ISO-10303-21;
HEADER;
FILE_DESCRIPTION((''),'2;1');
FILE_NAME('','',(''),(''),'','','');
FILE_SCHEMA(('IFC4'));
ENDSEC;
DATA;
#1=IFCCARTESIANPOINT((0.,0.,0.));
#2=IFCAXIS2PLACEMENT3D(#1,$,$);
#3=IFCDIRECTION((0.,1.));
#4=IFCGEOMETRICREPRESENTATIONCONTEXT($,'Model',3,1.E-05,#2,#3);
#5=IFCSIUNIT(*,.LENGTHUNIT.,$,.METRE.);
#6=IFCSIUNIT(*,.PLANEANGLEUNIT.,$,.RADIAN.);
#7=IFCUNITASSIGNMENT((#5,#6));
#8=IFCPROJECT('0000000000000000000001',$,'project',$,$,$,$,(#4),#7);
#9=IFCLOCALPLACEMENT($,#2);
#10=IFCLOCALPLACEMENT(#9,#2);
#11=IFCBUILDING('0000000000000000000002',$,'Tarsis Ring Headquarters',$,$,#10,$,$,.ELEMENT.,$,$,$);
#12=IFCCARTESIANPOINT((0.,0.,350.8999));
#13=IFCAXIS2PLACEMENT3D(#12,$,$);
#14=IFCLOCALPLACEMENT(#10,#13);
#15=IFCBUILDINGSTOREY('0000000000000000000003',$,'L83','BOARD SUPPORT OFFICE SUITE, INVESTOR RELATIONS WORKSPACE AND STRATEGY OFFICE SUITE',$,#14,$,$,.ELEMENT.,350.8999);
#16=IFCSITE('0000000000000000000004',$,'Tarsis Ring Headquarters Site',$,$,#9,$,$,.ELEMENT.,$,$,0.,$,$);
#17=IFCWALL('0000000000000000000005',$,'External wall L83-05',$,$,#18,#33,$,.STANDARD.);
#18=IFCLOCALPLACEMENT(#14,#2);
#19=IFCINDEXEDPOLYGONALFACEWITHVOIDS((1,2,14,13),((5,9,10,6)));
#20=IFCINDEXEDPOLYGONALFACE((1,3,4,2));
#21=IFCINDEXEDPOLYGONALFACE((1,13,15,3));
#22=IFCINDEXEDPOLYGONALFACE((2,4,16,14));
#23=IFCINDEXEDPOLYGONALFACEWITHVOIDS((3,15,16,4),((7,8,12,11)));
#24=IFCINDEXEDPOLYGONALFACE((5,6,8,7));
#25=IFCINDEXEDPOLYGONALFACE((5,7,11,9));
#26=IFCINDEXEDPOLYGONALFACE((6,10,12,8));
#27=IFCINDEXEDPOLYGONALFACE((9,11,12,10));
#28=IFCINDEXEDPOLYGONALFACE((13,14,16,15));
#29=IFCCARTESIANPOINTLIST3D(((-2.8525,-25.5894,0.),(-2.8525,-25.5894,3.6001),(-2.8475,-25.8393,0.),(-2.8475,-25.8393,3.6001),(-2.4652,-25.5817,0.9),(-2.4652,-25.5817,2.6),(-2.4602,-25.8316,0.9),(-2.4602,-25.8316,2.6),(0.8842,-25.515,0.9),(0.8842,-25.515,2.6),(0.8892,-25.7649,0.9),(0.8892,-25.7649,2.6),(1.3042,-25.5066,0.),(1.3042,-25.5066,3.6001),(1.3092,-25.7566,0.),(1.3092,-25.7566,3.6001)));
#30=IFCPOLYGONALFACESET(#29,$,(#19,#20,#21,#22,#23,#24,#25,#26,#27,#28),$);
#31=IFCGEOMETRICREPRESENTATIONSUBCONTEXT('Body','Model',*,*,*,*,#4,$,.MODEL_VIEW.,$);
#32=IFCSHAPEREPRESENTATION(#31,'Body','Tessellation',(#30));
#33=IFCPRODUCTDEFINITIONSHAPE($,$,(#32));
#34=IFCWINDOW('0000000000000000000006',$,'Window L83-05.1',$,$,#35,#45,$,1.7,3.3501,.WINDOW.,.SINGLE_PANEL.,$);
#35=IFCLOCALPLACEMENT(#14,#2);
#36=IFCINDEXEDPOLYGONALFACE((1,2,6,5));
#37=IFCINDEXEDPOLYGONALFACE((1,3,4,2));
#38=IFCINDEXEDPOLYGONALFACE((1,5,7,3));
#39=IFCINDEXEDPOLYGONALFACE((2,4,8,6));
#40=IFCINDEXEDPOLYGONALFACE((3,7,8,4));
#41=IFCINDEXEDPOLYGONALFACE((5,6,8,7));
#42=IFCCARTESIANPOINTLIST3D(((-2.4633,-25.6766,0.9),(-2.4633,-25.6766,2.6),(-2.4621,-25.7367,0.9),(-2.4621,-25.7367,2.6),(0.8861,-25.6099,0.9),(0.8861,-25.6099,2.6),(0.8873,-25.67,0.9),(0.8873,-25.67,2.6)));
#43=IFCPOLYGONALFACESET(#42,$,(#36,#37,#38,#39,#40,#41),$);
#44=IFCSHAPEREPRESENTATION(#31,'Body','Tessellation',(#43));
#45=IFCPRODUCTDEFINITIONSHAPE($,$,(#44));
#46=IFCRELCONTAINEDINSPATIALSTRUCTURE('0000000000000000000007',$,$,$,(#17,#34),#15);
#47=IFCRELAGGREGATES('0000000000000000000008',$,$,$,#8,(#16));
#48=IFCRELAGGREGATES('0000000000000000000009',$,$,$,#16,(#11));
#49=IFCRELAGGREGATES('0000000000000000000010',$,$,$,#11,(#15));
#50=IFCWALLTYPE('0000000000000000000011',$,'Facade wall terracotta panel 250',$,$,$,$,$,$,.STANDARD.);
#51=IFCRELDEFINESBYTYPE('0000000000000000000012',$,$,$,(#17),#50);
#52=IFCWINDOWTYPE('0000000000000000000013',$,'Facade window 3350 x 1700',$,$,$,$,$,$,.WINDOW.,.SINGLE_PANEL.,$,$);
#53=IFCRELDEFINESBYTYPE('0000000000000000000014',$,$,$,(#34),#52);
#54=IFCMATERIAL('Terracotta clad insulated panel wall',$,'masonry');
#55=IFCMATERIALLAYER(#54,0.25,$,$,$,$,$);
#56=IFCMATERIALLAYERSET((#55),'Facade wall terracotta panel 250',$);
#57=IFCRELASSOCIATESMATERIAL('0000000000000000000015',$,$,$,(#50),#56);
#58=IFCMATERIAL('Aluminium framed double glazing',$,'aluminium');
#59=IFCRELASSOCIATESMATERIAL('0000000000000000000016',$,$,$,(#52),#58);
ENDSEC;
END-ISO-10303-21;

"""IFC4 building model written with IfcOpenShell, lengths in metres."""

from ifc_helpers import new_model, si_unit, direction, frame, frame_2d, origin, place, context, subcontext, project, spatial, rectangle, extrude, material, layer, layer_set, type_object, element, fill, save


model = new_model("IFC4")

# Units and contexts
model_context = context("Model", 3, precision=1e-05, world=origin(), true_north=direction((0.0, 1.0)))
body_context = subcontext(model_context, "Body", "Model", "MODEL_VIEW")
ifc_project = project(units=[si_unit("LENGTHUNIT", "METRE"), si_unit("PLANEANGLEUNIT", "RADIAN")], contexts=[model_context])

# Site, building, storey
site_placement = place(None, origin())
site = spatial("IfcSite", under=ifc_project, at=site_placement, Name="Tarsis Ring Headquarters Site", CompositionType="ELEMENT", RefElevation=0.0)
building_placement = place(site_placement, origin())
building = spatial("IfcBuilding", under=site, at=building_placement, Name="Tarsis Ring Headquarters", CompositionType="ELEMENT")
storey_placement = place(building_placement, frame((0.0, 0.0, 350.8999)))
storey = spatial("IfcBuildingStorey", under=building, at=storey_placement, Name="L83", Description="BOARD SUPPORT OFFICE SUITE, INVESTOR RELATIONS WORKSPACE AND STRATEGY OFFICE SUITE", CompositionType="ELEMENT", Elevation=350.8999)

# Wall, opening, window
ifc_material_1 = material(Name="Terracotta clad insulated panel wall", Category="masonry")
ifc_layer_1 = layer(ifc_material_1, 0.25)
ifc_layer_set_1 = layer_set([ifc_layer_1], Name="Facade wall terracotta panel 250")
wall_type_1 = type_object("IfcWallType", Name="Facade wall terracotta panel 250", PredefinedType="STANDARD", material=ifc_layer_set_1)
ifc_material_2 = material(Name="Aluminium framed double glazing", Category="aluminium")
window_type_1 = type_object("IfcWindowType", Name="Facade window 3350 x 1700", PartitioningType="SINGLE_PANEL", PredefinedType="WINDOW", material=ifc_material_2)
wall_1_placement = place(storey_placement, frame((-2.8499, -25.7144, 0.0), z_axis=(0.0, 0.0, 1.0), x_axis=(0.999802, 0.019907, 0.0)))
wall_1 = element("IfcWall", 1, at=wall_1_placement, inside=storey, type_object=wall_type_1, Name="External wall L83-05", PredefinedType="STANDARD", context=body_context, shape_type="SweptSolid", body=[
    extrude(rectangle(XDim=4.1575, YDim=0.25, at=frame_2d((2.0786, 0.0))), origin(), (0.0, 0.0, 1.0), 3.6001),
])
opening_1_placement = place(wall_1_placement, frame((0.3872, 0.0, 0.8999)))
opening_1 = element("IfcOpeningElement", 2, at=opening_1_placement, cuts=wall_1, PredefinedType="OPENING", context=body_context, shape_type="SweptSolid", body=[
    extrude(rectangle(XDim=3.3501, YDim=1.7, at=frame_2d((1.675, 0.8501))), frame((0.0, 0.135, 0.0), z_axis=(0.0, -1.0, 0.0), x_axis=(1.0, 0.0, 0.0)), (0.0, 0.0, 1.0), 0.27),
])
window_1_placement = place(opening_1_placement, origin())
window_1 = element("IfcWindow", 3, at=window_1_placement, inside=storey, type_object=window_type_1, Name="Window L83-05.1", OverallHeight=1.7, OverallWidth=3.3501, PartitioningType="SINGLE_PANEL", PredefinedType="WINDOW", context=body_context, shape_type="SweptSolid", body=[
    extrude(rectangle(XDim=3.3501, YDim=1.7, at=frame_2d((1.675, 0.8501))), frame((0.0, 0.03, 0.0), z_axis=(0.0, -1.0, 0.0), x_axis=(1.0, 0.0, 0.0)), (0.0, 0.0, 1.0), 0.0601),
])
fill(opening_1, window_1)

save(model, "model.ifc")
